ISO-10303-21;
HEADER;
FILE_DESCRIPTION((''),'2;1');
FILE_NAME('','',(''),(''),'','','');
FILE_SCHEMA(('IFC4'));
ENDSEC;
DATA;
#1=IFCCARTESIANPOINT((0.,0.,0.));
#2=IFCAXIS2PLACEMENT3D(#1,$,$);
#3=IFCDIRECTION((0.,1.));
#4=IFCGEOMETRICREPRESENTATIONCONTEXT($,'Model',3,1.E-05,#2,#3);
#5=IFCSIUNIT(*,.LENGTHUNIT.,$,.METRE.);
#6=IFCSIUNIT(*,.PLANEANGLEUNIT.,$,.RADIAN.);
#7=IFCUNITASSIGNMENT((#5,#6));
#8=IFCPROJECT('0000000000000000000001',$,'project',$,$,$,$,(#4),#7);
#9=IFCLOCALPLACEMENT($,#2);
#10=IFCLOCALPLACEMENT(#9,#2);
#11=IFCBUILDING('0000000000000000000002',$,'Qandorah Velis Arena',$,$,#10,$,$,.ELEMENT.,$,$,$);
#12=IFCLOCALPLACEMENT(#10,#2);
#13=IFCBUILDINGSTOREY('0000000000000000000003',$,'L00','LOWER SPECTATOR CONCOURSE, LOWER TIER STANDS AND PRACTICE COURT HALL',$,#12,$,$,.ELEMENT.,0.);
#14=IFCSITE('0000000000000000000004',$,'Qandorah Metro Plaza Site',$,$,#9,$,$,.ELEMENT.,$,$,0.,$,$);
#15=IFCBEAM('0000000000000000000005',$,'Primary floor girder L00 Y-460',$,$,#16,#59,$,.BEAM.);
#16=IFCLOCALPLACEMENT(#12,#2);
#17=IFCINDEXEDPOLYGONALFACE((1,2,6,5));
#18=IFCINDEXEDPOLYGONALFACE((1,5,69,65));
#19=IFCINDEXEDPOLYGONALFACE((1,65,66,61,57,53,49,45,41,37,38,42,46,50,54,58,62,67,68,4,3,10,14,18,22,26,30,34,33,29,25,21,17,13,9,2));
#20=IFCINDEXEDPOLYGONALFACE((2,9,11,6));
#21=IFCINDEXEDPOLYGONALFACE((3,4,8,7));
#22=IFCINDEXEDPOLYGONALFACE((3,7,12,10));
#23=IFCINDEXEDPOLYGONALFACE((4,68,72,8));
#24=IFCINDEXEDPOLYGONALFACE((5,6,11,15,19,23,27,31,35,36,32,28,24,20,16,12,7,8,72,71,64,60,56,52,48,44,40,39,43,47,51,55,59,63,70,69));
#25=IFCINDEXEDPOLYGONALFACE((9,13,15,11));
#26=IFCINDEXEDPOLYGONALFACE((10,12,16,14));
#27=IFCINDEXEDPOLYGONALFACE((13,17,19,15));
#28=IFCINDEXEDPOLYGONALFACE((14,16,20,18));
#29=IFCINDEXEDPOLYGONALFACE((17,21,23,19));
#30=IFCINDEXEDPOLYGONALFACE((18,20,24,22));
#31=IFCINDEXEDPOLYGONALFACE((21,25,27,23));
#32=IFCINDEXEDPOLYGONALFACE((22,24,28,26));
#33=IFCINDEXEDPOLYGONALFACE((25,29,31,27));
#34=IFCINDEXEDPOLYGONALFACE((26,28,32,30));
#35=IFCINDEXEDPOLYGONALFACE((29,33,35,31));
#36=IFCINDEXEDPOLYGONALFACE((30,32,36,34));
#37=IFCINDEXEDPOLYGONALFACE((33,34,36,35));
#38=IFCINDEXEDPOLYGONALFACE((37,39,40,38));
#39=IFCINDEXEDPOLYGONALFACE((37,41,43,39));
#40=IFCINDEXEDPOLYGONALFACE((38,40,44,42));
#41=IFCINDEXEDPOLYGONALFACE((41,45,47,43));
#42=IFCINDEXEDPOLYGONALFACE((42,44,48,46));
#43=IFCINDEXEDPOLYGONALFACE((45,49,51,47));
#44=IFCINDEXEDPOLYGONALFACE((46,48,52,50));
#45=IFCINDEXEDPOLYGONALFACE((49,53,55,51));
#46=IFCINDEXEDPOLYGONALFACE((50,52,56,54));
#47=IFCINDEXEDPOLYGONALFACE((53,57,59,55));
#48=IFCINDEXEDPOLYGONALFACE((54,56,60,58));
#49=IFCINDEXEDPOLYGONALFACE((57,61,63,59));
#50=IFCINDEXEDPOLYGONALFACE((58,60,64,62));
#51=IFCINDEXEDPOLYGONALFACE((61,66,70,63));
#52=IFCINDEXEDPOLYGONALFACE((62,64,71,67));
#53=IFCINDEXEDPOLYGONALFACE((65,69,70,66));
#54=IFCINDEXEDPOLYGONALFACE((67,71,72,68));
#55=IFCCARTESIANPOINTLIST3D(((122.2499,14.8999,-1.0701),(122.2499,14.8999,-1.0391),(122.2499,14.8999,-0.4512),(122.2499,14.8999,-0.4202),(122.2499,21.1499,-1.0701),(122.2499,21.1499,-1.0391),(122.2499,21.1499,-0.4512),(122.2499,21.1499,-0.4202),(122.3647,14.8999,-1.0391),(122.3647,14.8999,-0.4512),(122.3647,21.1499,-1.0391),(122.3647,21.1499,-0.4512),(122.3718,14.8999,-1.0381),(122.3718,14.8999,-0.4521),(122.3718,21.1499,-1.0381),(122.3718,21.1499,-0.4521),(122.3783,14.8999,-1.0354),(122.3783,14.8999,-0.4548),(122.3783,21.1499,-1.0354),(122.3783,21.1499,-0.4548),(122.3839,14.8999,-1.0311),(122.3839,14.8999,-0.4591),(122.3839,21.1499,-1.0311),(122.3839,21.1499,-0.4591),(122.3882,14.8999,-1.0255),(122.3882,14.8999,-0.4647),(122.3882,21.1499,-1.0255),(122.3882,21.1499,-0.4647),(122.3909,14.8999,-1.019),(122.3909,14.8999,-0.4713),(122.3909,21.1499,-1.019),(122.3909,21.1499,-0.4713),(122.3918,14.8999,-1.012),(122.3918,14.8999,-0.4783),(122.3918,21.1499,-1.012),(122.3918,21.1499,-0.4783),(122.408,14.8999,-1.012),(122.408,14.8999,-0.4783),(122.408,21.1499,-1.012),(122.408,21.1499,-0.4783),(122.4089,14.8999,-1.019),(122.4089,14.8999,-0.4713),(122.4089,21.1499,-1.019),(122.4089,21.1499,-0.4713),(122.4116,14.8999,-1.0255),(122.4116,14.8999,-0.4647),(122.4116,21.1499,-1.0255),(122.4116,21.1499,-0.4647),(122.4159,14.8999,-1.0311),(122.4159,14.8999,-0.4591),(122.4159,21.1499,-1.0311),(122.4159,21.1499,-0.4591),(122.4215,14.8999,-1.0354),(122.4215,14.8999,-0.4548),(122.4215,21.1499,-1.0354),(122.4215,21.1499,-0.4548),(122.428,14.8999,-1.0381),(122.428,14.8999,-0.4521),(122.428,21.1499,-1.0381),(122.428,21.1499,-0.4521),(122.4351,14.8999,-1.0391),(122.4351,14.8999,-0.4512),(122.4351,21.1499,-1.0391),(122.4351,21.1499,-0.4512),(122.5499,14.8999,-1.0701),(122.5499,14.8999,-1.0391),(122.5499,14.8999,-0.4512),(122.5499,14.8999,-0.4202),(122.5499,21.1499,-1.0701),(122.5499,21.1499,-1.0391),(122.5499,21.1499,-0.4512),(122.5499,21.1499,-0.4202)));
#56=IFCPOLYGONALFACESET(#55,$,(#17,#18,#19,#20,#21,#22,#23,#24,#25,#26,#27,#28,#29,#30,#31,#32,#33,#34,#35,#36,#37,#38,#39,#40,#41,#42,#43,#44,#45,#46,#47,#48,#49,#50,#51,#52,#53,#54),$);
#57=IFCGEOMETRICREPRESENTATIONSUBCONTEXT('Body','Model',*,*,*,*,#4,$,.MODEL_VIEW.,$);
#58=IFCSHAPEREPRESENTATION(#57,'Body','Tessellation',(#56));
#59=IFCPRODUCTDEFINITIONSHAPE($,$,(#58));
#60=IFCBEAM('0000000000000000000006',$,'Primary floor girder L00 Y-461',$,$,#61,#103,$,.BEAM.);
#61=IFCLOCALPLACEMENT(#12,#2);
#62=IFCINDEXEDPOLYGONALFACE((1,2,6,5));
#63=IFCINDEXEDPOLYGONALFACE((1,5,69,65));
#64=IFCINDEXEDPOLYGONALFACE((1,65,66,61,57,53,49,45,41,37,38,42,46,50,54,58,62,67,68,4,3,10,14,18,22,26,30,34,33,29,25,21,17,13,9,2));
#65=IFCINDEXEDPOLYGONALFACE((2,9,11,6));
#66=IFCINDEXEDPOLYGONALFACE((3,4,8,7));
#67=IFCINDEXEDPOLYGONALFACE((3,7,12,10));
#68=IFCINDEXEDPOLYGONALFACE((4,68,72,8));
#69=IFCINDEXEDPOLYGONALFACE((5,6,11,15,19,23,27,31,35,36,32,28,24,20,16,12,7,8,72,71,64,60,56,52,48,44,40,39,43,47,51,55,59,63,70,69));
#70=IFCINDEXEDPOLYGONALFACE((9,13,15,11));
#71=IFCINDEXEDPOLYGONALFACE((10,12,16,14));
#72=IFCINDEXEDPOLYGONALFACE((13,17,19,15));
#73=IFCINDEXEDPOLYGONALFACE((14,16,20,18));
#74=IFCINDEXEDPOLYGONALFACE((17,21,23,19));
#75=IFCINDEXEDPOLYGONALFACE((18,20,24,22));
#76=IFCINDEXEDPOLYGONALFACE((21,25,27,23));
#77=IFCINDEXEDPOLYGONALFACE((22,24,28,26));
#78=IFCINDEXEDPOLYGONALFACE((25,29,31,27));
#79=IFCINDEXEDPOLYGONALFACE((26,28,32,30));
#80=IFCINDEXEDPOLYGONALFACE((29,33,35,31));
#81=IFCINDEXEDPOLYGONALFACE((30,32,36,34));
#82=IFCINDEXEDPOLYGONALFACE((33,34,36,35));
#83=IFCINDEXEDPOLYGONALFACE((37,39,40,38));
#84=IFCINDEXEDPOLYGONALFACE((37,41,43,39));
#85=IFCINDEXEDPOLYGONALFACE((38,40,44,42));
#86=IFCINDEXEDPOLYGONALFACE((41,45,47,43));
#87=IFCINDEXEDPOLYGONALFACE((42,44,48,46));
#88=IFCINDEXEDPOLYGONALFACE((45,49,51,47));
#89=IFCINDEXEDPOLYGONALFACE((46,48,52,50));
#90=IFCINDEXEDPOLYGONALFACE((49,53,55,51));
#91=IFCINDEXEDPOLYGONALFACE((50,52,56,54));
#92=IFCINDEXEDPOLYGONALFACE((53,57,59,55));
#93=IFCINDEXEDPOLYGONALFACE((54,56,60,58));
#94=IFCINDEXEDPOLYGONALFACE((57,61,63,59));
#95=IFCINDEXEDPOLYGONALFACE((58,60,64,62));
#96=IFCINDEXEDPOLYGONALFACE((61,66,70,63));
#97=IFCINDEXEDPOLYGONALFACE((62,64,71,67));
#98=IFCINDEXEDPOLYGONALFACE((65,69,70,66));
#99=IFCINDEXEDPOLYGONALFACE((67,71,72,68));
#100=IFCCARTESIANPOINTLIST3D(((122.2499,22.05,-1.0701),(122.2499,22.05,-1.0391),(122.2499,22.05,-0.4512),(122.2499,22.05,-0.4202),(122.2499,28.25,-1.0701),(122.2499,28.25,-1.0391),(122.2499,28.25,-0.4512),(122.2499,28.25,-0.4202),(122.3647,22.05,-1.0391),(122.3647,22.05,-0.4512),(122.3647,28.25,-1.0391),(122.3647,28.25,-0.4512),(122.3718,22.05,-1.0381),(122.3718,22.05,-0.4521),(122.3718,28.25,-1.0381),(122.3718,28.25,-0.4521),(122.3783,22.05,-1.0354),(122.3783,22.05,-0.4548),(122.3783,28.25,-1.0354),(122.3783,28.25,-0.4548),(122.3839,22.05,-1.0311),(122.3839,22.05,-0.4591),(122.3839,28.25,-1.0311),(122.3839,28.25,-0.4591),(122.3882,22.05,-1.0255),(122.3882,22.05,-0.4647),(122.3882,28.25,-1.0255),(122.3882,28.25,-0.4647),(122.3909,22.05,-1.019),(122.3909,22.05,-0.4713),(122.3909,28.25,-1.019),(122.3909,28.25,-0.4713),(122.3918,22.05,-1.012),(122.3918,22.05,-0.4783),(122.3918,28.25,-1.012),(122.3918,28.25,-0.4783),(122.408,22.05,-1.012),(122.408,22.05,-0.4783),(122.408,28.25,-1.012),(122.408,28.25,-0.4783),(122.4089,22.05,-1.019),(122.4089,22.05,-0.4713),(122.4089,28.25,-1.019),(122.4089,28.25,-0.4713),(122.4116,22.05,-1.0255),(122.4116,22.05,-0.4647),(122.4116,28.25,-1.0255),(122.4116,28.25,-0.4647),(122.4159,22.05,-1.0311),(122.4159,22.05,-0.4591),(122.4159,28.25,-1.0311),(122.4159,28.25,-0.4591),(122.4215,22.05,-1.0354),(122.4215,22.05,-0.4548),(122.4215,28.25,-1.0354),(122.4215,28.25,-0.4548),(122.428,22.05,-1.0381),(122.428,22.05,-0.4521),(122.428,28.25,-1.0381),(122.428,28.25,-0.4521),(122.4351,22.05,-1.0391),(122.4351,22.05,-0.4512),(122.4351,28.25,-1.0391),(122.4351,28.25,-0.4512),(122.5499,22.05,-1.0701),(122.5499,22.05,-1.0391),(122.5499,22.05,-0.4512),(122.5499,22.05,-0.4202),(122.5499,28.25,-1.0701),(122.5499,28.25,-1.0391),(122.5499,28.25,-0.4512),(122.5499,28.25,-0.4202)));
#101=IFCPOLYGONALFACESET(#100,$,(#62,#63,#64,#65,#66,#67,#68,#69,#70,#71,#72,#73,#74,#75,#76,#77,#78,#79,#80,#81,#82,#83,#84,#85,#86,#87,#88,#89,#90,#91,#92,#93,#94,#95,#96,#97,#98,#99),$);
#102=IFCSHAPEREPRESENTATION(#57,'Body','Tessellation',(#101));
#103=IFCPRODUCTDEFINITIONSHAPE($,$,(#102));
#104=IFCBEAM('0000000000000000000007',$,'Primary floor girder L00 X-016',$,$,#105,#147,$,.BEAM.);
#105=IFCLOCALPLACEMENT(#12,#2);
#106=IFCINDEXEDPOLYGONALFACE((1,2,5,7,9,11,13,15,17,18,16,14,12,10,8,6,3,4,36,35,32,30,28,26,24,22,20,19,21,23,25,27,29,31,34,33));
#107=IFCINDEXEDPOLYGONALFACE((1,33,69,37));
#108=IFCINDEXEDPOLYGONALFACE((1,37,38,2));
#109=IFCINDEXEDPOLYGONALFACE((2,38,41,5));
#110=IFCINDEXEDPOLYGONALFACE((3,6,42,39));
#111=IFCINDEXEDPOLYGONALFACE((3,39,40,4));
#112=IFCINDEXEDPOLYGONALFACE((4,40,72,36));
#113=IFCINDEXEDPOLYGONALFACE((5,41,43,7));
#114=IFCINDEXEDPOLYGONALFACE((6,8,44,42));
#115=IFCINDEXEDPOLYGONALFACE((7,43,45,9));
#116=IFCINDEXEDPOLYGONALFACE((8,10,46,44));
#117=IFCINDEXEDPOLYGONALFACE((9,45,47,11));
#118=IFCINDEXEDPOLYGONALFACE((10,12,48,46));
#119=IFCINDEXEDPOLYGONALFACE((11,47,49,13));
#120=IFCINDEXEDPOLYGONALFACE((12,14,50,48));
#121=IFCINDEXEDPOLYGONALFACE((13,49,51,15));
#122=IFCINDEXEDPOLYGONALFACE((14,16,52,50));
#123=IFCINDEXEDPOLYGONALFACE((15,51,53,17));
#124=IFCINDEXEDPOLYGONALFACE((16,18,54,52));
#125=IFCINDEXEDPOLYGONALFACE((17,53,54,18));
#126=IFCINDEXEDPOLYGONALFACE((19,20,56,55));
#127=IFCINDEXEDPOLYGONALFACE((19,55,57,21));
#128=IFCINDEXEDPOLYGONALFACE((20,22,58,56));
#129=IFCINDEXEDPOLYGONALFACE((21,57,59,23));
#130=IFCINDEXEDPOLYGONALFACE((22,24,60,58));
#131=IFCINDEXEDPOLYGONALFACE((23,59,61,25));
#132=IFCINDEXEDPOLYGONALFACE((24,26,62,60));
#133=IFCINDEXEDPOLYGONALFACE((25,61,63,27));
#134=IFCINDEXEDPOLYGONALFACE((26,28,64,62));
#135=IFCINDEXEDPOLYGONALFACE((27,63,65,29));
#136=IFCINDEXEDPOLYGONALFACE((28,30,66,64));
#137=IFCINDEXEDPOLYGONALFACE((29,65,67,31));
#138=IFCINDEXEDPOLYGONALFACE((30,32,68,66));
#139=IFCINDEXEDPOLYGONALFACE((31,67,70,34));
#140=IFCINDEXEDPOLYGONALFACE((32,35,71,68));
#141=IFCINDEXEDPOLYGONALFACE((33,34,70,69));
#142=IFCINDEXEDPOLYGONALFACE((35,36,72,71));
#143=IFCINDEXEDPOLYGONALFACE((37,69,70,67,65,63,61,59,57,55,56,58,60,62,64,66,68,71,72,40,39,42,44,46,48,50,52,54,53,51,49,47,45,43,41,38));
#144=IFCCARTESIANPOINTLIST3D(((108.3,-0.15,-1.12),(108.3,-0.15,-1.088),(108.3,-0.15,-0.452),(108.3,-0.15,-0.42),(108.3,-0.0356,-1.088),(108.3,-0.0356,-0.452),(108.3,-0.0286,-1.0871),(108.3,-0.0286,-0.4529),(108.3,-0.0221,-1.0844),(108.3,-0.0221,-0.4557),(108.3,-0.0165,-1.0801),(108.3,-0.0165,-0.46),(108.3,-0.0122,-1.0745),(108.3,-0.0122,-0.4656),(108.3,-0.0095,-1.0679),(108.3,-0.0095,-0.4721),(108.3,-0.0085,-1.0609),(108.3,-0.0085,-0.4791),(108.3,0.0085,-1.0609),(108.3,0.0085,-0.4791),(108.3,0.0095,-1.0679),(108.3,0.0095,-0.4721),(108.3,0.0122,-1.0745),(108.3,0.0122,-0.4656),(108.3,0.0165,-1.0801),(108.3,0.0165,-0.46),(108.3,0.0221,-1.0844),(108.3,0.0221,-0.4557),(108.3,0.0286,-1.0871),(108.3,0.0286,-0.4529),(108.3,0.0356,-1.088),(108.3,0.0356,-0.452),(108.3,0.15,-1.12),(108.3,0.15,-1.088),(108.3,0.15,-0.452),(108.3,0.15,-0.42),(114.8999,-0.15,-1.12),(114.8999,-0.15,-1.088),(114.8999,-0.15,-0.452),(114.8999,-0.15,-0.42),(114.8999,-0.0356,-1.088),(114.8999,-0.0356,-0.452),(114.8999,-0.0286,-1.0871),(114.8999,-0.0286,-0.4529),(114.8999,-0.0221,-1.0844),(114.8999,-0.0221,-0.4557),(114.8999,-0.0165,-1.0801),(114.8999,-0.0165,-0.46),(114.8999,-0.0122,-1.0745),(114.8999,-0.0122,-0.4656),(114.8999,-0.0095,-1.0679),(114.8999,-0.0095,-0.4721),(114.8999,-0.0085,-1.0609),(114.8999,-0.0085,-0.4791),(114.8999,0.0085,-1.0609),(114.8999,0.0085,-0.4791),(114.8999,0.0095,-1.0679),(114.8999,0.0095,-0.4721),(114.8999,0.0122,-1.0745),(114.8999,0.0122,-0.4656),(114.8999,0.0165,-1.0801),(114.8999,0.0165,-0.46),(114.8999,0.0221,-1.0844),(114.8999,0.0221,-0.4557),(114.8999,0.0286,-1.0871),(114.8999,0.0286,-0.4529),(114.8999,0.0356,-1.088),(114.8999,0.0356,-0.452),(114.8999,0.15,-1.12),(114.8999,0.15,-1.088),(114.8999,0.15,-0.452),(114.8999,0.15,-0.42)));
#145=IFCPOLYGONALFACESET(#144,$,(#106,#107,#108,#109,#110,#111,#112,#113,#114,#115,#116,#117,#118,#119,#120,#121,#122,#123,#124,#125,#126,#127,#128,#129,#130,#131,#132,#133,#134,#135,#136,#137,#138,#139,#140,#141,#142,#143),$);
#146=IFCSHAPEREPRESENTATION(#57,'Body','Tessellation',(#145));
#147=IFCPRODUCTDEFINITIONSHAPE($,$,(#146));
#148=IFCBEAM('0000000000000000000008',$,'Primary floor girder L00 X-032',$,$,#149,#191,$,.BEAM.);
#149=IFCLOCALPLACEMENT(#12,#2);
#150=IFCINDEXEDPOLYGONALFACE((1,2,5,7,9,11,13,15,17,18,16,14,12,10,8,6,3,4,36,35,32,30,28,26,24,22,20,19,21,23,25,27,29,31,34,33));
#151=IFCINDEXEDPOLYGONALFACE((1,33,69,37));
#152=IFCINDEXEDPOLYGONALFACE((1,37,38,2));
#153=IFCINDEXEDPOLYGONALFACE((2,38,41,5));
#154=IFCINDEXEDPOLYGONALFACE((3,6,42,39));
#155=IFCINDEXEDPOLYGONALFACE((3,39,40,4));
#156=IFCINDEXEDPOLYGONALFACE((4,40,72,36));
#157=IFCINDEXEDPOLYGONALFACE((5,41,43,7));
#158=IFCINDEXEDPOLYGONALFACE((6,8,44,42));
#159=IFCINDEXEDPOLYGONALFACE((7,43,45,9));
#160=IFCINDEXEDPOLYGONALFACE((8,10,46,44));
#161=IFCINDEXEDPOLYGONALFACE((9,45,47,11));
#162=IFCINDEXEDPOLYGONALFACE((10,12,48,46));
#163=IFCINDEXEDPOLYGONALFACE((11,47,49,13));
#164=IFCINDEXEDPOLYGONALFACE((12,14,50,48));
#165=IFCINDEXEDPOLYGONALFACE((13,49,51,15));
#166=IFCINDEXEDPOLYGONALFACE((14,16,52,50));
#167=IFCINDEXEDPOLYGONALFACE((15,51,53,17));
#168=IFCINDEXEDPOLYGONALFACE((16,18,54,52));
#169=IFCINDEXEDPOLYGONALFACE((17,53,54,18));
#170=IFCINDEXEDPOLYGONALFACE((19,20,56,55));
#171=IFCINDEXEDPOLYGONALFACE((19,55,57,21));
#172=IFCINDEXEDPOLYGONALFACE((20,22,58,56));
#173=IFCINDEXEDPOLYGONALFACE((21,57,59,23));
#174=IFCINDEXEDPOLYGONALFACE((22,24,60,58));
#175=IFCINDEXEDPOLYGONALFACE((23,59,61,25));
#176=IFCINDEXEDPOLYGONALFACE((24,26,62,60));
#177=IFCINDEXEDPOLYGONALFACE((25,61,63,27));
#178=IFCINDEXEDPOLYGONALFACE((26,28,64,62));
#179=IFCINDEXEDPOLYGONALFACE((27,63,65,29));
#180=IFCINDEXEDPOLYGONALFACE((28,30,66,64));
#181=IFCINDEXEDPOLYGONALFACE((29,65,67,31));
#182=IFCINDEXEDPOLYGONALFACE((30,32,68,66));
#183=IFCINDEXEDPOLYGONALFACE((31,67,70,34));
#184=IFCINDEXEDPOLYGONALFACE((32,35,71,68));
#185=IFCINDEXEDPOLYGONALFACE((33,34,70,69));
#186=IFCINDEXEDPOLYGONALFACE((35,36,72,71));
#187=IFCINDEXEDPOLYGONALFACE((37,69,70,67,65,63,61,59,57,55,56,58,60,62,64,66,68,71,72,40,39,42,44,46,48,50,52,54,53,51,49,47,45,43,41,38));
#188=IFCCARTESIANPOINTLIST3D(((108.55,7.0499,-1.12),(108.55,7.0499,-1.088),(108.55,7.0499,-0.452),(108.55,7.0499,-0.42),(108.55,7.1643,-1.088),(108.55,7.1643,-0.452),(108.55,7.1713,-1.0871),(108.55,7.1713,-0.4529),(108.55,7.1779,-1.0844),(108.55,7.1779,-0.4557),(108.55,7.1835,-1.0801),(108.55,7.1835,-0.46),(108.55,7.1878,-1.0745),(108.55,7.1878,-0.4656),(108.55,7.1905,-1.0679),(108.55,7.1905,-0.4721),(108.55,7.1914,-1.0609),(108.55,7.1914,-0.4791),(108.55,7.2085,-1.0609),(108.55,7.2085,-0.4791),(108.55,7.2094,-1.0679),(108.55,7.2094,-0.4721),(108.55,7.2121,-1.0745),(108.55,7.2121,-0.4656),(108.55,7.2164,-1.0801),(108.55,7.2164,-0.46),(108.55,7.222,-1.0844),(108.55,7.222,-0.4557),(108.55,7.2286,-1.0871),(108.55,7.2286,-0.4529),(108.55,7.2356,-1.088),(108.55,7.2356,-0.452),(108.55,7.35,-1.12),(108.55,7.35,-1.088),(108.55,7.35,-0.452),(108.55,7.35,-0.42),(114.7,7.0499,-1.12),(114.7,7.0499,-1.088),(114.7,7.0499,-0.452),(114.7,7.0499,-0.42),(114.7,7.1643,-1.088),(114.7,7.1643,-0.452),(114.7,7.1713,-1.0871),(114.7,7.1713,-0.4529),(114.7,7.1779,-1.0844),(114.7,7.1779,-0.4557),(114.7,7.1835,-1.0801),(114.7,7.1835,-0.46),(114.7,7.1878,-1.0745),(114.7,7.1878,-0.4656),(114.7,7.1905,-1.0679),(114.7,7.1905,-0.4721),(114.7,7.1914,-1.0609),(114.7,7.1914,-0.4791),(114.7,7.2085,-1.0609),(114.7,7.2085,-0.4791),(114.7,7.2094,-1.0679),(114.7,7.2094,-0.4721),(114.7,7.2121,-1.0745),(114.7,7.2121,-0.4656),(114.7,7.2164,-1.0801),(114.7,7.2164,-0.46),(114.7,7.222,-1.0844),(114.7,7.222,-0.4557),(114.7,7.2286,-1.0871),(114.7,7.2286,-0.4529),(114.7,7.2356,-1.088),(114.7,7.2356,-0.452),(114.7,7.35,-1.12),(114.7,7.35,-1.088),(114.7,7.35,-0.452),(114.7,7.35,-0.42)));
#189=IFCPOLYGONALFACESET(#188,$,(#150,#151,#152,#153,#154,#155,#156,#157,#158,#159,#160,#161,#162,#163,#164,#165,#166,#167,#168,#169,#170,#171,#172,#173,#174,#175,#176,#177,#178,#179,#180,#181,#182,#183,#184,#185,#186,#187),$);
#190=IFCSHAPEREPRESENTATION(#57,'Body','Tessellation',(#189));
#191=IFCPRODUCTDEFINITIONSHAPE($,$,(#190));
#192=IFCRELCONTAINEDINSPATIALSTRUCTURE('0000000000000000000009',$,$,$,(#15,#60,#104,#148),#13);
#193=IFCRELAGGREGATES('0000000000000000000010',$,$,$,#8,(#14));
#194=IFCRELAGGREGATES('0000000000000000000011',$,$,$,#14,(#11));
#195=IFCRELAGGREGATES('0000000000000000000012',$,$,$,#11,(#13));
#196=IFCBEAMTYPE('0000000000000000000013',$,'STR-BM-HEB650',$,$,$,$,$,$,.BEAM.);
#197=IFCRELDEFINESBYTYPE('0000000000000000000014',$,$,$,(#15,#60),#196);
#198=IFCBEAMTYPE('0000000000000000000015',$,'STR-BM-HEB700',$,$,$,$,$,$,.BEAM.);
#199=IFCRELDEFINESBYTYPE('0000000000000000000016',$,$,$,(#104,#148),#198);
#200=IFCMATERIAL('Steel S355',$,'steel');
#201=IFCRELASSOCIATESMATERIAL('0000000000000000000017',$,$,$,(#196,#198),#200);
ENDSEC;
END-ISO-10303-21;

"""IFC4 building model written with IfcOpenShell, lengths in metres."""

from ifc_helpers import new_model, si_unit, direction, frame, origin, origin_2d, place, context, subcontext, project, spatial, i_section, extrude, material, material_profile, profile_set, type_object, element, save


model = new_model("IFC4")

# Units and contexts
model_context = context("Model", 3, precision=1e-05, world=origin(), true_north=direction((0.0, 1.0)))
body_context = subcontext(model_context, "Body", "Model", "MODEL_VIEW")
ifc_project = project(units=[si_unit("LENGTHUNIT", "METRE"), si_unit("PLANEANGLEUNIT", "RADIAN")], contexts=[model_context])

# Site, building, storey
site_placement = place(None, origin())
site = spatial("IfcSite", under=ifc_project, at=site_placement, Name="Qandorah Metro Plaza Site", CompositionType="ELEMENT", RefElevation=0.0)
building_placement = place(site_placement, origin())
building = spatial("IfcBuilding", under=site, at=building_placement, Name="Qandorah Velis Arena", CompositionType="ELEMENT")
storey_placement = place(building_placement, origin())
storey = spatial("IfcBuildingStorey", under=building, at=storey_placement, Name="L00", Description="LOWER SPECTATOR CONCOURSE, LOWER TIER STANDS AND PRACTICE COURT HALL", CompositionType="ELEMENT", Elevation=0.0)

# Beams
ifc_material_1 = material(Name="Steel S355", Category="steel")
ifc_material_profile_1 = material_profile(ifc_material_1, i_section(OverallWidth=0.3, OverallDepth=0.6499, WebThickness=0.0161, FlangeThickness=0.031, FilletRadius=0.0271, at=origin_2d()), Name="HEB 650")
ifc_profile_set_1 = profile_set([ifc_material_profile_1], Name="Steel S355")
beam_type_1 = type_object("IfcBeamType", Name="STR-BM-HEB650", PredefinedType="BEAM", material=ifc_profile_set_1)
beam_1_placement = place(storey_placement, frame((122.3999, 14.8999, -0.7451), z_axis=(0.0, 1.0, 0.0), x_axis=(-1.0, 0.0, 0.0)))
element("IfcBeam", 1, at=beam_1_placement, inside=storey, type_object=beam_type_1, Name="Primary floor girder L00 Y-460", PredefinedType="BEAM", context=body_context, shape_type="SweptSolid", body=[
    extrude(i_section(OverallWidth=0.3, OverallDepth=0.6499, WebThickness=0.0161, FlangeThickness=0.031, FilletRadius=0.0271, at=origin_2d()), origin(), (0.0, 0.0, 1.0), 6.25),
])
beam_2_placement = place(storey_placement, frame((122.3999, 22.05, -0.7451), z_axis=(0.0, 1.0, 0.0), x_axis=(-1.0, 0.0, 0.0)))
element("IfcBeam", 2, at=beam_2_placement, inside=storey, type_object=beam_type_1, Name="Primary floor girder L00 Y-461", PredefinedType="BEAM", context=body_context, shape_type="SweptSolid", body=[
    extrude(i_section(OverallWidth=0.3, OverallDepth=0.6499, WebThickness=0.0161, FlangeThickness=0.031, FilletRadius=0.0271, at=origin_2d()), origin(), (0.0, 0.0, 1.0), 6.2),
])
ifc_material_profile_2 = material_profile(ifc_material_1, i_section(OverallWidth=0.3, OverallDepth=0.7, WebThickness=0.0171, FlangeThickness=0.032, FilletRadius=0.0271, at=origin_2d()), Name="HEB 700")
ifc_profile_set_2 = profile_set([ifc_material_profile_2], Name="Steel S355")
beam_type_2 = type_object("IfcBeamType", Name="STR-BM-HEB700", PredefinedType="BEAM", material=ifc_profile_set_2)
beam_3_placement = place(storey_placement, frame((108.3, 0.0, -0.77), z_axis=(1.0, 0.0, 0.0), x_axis=(0.0, 1.0, 0.0)))
element("IfcBeam", 3, at=beam_3_placement, inside=storey, type_object=beam_type_2, Name="Primary floor girder L00 X-016", PredefinedType="BEAM", context=body_context, shape_type="SweptSolid", body=[
    extrude(i_section(OverallWidth=0.3, OverallDepth=0.7, WebThickness=0.0171, FlangeThickness=0.032, FilletRadius=0.0271, at=origin_2d()), origin(), (0.0, 0.0, 1.0), 6.5999),
])
beam_4_placement = place(storey_placement, frame((108.55, 7.2, -0.77), z_axis=(1.0, 0.0, 0.0), x_axis=(0.0, 1.0, 0.0)))
element("IfcBeam", 4, at=beam_4_placement, inside=storey, type_object=beam_type_2, Name="Primary floor girder L00 X-032", PredefinedType="BEAM", context=body_context, shape_type="SweptSolid", body=[
    extrude(i_section(OverallWidth=0.3, OverallDepth=0.7, WebThickness=0.0171, FlangeThickness=0.032, FilletRadius=0.0271, at=origin_2d()), origin(), (0.0, 0.0, 1.0), 6.1499),
])

save(model, "model.ifc")
